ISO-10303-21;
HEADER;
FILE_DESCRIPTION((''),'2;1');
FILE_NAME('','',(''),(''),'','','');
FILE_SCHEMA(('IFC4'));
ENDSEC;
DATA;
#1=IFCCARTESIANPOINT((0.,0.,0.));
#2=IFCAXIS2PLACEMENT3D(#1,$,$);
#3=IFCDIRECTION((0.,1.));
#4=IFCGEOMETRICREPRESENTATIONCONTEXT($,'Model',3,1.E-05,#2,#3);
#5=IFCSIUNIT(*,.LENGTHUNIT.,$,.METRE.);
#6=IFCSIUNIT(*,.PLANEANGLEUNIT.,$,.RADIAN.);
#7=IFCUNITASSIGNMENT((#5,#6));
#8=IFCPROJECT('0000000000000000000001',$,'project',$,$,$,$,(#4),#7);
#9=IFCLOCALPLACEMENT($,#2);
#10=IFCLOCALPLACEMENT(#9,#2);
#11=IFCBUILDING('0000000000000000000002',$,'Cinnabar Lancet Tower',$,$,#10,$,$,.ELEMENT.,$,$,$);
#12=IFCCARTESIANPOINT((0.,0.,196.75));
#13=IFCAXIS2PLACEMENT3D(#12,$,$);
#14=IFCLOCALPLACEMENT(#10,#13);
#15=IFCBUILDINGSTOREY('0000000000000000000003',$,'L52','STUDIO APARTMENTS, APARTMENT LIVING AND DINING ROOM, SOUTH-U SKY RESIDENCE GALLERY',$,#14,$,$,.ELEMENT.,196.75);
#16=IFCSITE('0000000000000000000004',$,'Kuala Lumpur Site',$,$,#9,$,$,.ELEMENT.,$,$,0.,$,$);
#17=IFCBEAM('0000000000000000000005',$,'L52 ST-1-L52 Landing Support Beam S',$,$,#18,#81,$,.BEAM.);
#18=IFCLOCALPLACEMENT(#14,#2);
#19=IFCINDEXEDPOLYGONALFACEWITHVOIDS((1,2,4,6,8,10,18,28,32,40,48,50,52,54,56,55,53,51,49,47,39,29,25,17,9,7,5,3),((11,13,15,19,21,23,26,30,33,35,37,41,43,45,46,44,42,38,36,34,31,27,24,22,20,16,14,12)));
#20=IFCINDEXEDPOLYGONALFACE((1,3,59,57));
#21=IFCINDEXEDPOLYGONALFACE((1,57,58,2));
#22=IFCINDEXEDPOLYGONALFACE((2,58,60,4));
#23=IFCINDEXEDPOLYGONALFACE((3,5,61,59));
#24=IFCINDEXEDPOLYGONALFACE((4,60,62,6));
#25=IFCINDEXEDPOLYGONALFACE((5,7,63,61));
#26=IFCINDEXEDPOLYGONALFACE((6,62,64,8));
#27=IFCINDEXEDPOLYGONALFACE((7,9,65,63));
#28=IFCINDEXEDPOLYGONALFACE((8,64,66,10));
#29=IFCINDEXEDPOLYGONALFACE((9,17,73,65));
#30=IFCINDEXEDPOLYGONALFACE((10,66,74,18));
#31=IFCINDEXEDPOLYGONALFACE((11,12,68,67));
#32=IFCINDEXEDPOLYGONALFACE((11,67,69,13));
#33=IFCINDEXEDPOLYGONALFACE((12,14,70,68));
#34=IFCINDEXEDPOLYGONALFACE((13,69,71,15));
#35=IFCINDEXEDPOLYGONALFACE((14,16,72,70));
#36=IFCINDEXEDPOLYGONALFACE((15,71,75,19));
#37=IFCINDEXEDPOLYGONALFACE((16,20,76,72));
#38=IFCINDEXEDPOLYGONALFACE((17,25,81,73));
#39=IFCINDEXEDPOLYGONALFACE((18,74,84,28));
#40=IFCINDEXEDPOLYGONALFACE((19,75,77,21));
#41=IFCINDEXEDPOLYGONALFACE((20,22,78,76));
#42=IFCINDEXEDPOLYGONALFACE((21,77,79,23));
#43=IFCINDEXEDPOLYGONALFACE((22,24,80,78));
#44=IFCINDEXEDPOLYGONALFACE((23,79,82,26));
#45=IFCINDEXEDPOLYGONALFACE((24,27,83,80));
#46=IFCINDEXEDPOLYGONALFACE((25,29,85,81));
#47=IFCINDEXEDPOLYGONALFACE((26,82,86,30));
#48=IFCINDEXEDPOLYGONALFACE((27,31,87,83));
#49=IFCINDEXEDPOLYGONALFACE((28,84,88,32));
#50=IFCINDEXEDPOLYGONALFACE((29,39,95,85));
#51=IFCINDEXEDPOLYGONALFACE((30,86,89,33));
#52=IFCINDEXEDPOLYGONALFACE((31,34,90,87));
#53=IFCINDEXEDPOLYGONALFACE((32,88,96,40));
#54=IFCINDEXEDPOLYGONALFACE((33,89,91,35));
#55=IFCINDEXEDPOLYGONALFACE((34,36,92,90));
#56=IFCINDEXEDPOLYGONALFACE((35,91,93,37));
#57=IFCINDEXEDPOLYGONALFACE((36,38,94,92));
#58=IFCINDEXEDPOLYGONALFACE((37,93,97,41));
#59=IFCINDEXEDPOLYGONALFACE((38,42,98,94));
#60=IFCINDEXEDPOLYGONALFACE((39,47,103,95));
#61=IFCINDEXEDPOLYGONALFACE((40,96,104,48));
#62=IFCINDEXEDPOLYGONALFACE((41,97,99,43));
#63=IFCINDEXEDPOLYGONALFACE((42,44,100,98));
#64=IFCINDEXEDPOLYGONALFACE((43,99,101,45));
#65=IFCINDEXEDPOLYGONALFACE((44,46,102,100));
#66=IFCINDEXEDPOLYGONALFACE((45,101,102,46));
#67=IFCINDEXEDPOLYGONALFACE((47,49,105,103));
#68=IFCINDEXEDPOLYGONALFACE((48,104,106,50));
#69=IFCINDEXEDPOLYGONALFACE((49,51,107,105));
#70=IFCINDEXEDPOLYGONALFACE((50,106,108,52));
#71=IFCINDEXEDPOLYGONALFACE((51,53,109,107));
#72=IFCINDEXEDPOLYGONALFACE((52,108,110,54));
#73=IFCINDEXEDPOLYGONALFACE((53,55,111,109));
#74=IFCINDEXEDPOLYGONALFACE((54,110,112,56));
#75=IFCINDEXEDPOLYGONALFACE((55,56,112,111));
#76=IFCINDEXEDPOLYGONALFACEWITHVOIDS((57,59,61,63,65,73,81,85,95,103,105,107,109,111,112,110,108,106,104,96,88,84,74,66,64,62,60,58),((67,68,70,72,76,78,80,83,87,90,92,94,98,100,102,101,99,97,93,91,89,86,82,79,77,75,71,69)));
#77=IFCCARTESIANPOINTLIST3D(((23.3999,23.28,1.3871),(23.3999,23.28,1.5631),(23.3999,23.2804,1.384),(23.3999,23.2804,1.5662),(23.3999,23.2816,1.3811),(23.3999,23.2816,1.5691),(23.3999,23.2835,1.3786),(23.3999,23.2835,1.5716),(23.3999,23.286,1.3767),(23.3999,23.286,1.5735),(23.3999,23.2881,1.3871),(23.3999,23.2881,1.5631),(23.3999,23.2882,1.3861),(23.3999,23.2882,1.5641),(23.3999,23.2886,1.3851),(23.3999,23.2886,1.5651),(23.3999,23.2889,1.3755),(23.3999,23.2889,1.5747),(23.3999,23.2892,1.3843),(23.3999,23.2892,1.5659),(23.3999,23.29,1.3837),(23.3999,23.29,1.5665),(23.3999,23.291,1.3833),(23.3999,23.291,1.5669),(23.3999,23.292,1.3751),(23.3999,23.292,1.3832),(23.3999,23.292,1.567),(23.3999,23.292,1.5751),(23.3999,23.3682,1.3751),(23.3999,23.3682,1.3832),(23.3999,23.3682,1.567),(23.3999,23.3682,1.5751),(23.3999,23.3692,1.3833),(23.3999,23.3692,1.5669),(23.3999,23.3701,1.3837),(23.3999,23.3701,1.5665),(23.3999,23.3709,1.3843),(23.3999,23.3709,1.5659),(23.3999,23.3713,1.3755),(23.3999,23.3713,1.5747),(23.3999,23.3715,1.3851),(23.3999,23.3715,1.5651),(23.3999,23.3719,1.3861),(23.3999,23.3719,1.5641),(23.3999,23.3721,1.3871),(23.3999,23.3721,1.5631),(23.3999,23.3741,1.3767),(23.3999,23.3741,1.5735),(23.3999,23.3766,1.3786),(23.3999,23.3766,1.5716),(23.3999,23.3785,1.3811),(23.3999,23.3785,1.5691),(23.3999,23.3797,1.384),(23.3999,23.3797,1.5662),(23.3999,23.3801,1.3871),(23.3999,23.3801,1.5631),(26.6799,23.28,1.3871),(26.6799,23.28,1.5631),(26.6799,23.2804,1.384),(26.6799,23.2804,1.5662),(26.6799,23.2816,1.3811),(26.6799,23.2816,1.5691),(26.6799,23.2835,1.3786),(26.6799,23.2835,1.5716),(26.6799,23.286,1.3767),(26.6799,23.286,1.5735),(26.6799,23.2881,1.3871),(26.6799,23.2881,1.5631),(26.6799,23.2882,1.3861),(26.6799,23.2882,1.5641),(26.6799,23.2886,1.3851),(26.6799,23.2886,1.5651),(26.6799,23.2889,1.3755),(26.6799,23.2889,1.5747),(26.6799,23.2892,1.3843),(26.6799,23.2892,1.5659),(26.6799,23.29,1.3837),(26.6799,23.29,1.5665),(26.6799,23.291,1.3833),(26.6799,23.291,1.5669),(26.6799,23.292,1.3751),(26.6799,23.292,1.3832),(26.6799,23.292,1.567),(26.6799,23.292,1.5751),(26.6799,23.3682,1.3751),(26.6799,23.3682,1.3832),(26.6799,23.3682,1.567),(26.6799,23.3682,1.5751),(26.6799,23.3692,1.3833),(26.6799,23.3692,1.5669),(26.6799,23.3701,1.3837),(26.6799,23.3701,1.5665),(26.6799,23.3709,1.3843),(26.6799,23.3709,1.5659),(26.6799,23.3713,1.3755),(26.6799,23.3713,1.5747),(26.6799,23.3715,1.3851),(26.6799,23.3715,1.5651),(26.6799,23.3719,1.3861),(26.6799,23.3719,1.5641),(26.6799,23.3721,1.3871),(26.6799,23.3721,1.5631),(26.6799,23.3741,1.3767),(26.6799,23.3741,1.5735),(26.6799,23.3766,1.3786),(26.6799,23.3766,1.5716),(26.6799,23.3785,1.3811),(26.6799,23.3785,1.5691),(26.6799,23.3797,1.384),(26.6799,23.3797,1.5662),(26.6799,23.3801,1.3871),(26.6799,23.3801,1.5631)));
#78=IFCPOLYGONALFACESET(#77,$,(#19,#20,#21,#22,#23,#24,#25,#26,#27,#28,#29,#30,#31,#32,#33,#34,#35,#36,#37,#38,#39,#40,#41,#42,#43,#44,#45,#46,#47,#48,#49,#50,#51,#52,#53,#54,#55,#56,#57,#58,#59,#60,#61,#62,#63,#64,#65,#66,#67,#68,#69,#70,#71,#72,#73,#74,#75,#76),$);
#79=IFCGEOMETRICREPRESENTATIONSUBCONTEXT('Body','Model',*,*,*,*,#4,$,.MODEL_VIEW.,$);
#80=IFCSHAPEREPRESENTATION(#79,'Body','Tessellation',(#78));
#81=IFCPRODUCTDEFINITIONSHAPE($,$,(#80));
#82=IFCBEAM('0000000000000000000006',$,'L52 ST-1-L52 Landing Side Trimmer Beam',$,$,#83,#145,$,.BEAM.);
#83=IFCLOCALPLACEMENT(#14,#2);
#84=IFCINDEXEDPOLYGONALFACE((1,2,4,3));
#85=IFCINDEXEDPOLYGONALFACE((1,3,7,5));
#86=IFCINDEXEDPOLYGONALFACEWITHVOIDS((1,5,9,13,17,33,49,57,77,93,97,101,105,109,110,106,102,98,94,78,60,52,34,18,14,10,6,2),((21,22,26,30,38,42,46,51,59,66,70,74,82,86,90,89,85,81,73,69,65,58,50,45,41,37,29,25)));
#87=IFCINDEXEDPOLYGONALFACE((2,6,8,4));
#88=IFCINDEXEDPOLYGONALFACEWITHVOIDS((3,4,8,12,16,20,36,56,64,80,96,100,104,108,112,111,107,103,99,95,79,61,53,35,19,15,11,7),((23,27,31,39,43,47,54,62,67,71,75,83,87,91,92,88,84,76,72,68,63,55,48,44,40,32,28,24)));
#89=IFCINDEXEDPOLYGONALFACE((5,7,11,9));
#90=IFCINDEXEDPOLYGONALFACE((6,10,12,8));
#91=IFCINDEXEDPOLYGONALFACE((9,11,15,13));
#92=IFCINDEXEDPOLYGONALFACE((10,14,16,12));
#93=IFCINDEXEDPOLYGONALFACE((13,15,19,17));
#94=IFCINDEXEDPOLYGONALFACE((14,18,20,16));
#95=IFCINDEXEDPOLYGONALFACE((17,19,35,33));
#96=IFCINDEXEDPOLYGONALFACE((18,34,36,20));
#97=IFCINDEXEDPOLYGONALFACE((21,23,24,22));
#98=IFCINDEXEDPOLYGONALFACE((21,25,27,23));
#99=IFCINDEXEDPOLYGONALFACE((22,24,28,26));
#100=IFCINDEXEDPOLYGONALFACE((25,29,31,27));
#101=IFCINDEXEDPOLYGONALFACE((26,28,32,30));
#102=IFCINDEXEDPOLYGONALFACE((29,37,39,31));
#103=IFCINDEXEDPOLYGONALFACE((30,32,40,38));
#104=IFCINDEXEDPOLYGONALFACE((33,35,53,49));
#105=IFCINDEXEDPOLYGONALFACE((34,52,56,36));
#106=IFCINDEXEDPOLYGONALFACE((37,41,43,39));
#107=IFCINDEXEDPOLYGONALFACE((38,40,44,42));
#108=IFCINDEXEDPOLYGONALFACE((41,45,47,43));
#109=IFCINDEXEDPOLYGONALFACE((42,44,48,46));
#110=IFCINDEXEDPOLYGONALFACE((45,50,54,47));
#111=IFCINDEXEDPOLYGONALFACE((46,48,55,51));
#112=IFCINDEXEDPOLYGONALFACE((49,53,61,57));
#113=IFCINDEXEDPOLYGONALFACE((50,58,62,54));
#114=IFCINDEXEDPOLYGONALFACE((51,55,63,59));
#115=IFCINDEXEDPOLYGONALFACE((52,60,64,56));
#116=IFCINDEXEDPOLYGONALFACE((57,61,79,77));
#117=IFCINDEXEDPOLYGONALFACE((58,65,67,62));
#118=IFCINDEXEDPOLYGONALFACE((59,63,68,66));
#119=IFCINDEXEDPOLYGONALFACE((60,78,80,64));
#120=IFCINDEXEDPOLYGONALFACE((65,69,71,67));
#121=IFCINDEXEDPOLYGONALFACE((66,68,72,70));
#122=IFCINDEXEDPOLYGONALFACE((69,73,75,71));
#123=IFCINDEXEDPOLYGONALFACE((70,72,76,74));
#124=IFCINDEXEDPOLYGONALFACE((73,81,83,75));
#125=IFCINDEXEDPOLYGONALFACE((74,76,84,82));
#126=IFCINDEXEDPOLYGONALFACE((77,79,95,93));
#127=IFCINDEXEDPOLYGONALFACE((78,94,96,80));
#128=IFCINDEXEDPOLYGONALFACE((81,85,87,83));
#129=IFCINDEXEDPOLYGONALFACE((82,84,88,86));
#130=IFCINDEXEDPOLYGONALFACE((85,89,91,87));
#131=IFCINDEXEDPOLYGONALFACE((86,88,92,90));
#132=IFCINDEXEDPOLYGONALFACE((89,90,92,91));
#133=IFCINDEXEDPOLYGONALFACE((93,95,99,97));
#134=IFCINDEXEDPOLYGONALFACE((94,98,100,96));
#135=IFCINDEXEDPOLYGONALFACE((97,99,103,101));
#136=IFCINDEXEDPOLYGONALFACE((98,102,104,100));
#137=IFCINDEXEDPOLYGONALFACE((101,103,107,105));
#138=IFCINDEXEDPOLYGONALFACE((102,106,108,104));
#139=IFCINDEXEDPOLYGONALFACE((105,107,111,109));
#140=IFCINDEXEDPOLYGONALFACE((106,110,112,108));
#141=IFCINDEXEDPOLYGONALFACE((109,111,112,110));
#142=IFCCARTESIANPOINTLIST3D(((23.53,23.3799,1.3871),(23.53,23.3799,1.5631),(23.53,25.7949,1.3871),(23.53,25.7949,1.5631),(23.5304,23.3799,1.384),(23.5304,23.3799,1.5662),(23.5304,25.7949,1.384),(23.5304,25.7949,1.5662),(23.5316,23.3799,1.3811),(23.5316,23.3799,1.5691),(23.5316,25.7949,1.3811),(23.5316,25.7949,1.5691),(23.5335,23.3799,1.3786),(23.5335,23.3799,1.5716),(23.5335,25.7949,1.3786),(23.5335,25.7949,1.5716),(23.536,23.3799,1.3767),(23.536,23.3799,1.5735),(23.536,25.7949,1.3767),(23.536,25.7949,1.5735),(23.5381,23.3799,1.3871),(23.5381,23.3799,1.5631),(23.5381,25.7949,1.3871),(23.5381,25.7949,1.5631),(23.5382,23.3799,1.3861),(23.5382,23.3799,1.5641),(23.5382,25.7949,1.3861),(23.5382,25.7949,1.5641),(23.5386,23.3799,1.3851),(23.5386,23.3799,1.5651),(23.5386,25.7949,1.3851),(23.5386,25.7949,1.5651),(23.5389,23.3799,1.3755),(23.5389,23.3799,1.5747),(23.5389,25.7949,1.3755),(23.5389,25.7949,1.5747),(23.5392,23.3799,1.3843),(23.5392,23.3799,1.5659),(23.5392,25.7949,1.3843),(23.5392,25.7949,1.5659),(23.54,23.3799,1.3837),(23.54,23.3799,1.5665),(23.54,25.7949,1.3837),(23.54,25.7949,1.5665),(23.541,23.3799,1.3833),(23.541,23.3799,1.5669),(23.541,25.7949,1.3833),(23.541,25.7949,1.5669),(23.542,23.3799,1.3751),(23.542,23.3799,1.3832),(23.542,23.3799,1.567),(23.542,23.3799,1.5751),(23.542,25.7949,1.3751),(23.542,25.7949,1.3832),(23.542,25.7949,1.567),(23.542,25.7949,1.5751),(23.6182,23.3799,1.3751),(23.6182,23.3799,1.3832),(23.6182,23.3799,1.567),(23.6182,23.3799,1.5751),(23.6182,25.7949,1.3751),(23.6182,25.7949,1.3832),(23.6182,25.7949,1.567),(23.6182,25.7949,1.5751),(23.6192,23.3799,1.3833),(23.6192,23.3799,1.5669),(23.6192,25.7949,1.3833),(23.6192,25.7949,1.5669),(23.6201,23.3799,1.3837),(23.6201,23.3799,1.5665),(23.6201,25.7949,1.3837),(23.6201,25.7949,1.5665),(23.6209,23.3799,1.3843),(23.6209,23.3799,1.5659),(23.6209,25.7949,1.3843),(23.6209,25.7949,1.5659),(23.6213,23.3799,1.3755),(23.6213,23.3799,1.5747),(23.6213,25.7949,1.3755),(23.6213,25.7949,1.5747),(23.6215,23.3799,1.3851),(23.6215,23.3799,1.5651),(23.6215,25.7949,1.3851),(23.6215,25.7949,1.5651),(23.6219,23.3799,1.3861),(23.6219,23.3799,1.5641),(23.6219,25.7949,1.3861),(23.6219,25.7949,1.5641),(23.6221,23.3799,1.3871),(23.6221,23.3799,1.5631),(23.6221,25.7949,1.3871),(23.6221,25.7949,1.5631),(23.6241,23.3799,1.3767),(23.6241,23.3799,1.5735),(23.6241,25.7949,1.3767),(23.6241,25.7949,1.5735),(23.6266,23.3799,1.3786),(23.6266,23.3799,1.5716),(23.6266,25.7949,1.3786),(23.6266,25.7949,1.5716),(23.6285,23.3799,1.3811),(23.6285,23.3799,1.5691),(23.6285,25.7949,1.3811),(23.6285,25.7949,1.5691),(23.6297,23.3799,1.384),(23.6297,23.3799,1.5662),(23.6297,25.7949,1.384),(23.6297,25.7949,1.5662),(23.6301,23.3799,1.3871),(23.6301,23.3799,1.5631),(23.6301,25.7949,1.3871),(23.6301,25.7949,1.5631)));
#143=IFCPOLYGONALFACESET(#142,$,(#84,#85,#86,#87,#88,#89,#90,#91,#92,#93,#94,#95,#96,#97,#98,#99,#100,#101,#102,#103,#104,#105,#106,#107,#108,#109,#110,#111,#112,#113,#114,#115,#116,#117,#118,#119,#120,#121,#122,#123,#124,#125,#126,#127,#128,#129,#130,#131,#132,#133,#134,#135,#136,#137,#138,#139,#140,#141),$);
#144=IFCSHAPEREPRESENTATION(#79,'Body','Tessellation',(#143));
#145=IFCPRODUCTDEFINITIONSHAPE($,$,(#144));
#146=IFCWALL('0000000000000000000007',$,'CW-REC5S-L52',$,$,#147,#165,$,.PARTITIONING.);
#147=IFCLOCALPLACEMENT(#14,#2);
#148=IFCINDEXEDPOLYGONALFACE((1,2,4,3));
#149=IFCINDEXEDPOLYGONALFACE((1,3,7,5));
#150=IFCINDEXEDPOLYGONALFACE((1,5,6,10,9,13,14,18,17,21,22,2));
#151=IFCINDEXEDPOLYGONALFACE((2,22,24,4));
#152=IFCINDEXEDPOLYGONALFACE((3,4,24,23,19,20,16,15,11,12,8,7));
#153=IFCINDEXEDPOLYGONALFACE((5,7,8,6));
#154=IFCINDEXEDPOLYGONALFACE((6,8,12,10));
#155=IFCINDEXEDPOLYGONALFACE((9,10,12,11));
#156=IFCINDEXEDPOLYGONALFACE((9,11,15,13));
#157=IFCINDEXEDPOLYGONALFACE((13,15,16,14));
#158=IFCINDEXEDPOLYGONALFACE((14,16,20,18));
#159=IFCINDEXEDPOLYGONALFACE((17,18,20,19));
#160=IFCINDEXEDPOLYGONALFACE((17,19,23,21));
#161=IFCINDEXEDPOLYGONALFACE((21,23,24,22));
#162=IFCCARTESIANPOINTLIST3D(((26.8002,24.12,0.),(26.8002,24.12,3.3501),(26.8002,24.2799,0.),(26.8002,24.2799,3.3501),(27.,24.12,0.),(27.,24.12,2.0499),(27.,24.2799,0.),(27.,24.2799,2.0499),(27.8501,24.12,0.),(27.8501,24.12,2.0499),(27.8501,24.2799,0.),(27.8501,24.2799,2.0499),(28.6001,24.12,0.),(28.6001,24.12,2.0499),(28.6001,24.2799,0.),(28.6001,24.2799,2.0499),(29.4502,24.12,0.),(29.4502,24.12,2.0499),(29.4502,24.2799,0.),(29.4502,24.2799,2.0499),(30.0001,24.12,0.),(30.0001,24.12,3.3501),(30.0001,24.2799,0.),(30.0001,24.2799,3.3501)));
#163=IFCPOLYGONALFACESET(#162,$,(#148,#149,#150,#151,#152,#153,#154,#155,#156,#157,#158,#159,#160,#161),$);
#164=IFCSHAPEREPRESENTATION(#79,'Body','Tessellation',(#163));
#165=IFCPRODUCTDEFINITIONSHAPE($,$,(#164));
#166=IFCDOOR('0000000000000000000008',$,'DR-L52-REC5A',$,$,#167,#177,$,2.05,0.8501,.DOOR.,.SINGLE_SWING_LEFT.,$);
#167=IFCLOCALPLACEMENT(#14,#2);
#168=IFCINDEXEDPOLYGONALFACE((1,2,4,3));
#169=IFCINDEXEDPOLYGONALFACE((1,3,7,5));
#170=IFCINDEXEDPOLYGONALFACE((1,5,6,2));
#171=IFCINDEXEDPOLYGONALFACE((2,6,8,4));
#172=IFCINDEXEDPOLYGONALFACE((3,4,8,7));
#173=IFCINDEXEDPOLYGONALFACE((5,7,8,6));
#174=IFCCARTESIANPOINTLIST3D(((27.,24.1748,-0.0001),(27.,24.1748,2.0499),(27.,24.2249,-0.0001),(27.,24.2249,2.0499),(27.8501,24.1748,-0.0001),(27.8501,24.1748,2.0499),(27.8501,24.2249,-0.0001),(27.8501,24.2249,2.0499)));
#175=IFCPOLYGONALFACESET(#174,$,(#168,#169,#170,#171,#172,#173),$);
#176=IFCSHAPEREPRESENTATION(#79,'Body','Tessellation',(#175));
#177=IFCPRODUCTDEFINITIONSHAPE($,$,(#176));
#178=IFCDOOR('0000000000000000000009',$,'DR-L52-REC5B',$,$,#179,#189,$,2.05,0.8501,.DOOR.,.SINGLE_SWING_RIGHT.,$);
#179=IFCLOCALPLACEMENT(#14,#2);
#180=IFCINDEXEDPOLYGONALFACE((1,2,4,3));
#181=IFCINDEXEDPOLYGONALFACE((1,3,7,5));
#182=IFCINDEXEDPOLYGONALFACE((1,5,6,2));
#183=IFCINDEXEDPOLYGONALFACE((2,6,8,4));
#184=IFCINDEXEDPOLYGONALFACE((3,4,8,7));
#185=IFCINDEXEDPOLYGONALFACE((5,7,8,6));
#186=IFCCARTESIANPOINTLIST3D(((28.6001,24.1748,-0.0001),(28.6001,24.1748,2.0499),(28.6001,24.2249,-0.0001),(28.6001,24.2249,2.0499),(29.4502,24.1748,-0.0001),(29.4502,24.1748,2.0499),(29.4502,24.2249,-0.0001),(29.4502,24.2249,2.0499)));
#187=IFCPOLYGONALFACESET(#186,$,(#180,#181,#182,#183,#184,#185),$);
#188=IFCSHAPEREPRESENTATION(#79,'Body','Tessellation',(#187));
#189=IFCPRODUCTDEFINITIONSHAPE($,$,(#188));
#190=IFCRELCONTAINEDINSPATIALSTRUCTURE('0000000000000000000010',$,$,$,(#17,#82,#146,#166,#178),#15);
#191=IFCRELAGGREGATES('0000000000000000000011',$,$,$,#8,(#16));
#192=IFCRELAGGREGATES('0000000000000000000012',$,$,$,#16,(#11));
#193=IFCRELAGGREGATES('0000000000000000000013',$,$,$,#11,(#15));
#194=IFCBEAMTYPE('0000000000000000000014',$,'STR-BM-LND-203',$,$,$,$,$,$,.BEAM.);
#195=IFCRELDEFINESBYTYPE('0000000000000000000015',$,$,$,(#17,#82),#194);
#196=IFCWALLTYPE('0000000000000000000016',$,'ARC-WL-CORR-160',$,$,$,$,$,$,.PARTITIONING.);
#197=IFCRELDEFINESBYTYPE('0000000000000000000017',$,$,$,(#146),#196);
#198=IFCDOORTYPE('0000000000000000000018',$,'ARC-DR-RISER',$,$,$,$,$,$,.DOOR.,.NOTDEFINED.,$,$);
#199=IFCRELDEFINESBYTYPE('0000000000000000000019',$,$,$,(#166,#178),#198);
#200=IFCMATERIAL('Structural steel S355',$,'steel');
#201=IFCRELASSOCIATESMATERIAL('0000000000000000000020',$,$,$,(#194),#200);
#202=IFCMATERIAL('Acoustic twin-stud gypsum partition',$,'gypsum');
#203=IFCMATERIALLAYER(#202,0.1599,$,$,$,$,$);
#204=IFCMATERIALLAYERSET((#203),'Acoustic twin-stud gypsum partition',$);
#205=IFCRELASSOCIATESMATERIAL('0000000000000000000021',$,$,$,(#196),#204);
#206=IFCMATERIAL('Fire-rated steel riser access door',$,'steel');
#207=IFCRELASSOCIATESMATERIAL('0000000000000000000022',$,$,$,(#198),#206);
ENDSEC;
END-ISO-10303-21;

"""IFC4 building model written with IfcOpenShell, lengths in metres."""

from ifc_helpers import new_model, si_unit, direction, frame, frame_2d, origin, origin_2d, place, context, subcontext, project, spatial, rectangle, hollow_rectangle, extrude, material, layer, layer_set, material_profile, profile_set, type_object, element, fill, save


model = new_model("IFC4")

# Units and contexts
model_context = context("Model", 3, precision=1e-05, world=origin(), true_north=direction((0.0, 1.0)))
body_context = subcontext(model_context, "Body", "Model", "MODEL_VIEW")
ifc_project = project(units=[si_unit("LENGTHUNIT", "METRE"), si_unit("PLANEANGLEUNIT", "RADIAN")], contexts=[model_context])

# Site, building, storey
site_placement = place(None, origin())
site = spatial("IfcSite", under=ifc_project, at=site_placement, Name="Kuala Lumpur Site", CompositionType="ELEMENT", RefElevation=0.0)
building_placement = place(site_placement, origin())
building = spatial("IfcBuilding", under=site, at=building_placement, Name="Cinnabar Lancet Tower", CompositionType="ELEMENT")
storey_placement = place(building_placement, frame((0.0, 0.0, 196.75)))
storey = spatial("IfcBuildingStorey", under=building, at=storey_placement, Name="L52", Description="STUDIO APARTMENTS, APARTMENT LIVING AND DINING ROOM, SOUTH-U SKY RESIDENCE GALLERY", CompositionType="ELEMENT", Elevation=196.75)

# Beams
ifc_material_1 = material(Name="Structural steel S355", Category="steel")
ifc_material_profile_1 = material_profile(ifc_material_1, hollow_rectangle(XDim=0.1001, YDim=0.2, WallThickness=0.0081, InnerFilletRadius=0.0039, OuterFilletRadius=0.012, at=origin_2d()), Name="RHS 200x100x8")
ifc_profile_set_1 = profile_set([ifc_material_profile_1], Name="Structural steel S355")
beam_type_1 = type_object("IfcBeamType", Name="STR-BM-LND-203", PredefinedType="BEAM", material=ifc_profile_set_1)
beam_1_placement = place(storey_placement, frame((23.3999, 23.3301, 1.4751), z_axis=(1.0, 0.0, 0.0), x_axis=(0.0, 1.0, 0.0)))
element("IfcBeam", 1, at=beam_1_placement, inside=storey, type_object=beam_type_1, Name="L52 ST-1-L52 Landing Support Beam S", PredefinedType="BEAM", context=body_context, shape_type="SweptSolid", body=[
    extrude(hollow_rectangle(XDim=0.1001, YDim=0.2, WallThickness=0.0081, InnerFilletRadius=0.0039, OuterFilletRadius=0.012, at=origin_2d()), origin(), (0.0, 0.0, 1.0), 3.28),
])
beam_2_placement = place(storey_placement, frame((23.5801, 23.3799, 1.4751), z_axis=(0.0, 1.0, 0.0), x_axis=(-1.0, 0.0, 0.0)))
element("IfcBeam", 2, at=beam_2_placement, inside=storey, type_object=beam_type_1, Name="L52 ST-1-L52 Landing Side Trimmer Beam", PredefinedType="BEAM", context=body_context, shape_type="SweptSolid", body=[
    extrude(hollow_rectangle(XDim=0.1001, YDim=0.2, WallThickness=0.0081, InnerFilletRadius=0.0039, OuterFilletRadius=0.012, at=origin_2d()), origin(), (0.0, 0.0, 1.0), 2.415),
])

# Wall, openings, doors
ifc_material_2 = material(Name="Acoustic twin-stud gypsum partition", Category="gypsum")
ifc_layer_1 = layer(ifc_material_2, 0.1599)
ifc_layer_set_1 = layer_set([ifc_layer_1], Name="Acoustic twin-stud gypsum partition")
wall_type_1 = type_object("IfcWallType", Name="ARC-WL-CORR-160", PredefinedType="PARTITIONING", material=ifc_layer_set_1)
wall_1_placement = place(storey_placement, frame((26.8, 24.2, 0.0), z_axis=(0.0, 0.0, 1.0), x_axis=(1.0, 0.0, 0.0)))
wall_1 = element("IfcWall", 3, at=wall_1_placement, inside=storey, type_object=wall_type_1, Name="CW-REC5S-L52", PredefinedType="PARTITIONING", context=body_context, shape_type="SweptSolid", body=[
    extrude(rectangle(XDim=3.2, YDim=0.1599, at=frame_2d((1.6001, 0.0))), origin(), (0.0, 0.0, 1.0), 3.3501),
])
opening_1_placement = place(wall_1_placement, frame((0.2, 0.0, 0.0)))
opening_1 = element("IfcOpeningElement", 4, at=opening_1_placement, cuts=wall_1, PredefinedType="OPENING", context=body_context, shape_type="SweptSolid", body=[
    extrude(rectangle(XDim=0.8501, YDim=2.05, at=frame_2d((0.425, 1.0249))), frame((0.0, 0.0898, 0.0), z_axis=(0.0, -1.0, 0.0), x_axis=(1.0, 0.0, 0.0)), (0.0, 0.0, 1.0), 0.1799),
])
opening_2_placement = place(wall_1_placement, frame((1.8, 0.0, 0.0)))
opening_2 = element("IfcOpeningElement", 5, at=opening_2_placement, cuts=wall_1, PredefinedType="OPENING", context=body_context, shape_type="SweptSolid", body=[
    extrude(rectangle(XDim=0.8501, YDim=2.05, at=frame_2d((0.425, 1.0249))), frame((0.0, 0.0898, 0.0), z_axis=(0.0, -1.0, 0.0), x_axis=(1.0, 0.0, 0.0)), (0.0, 0.0, 1.0), 0.1799),
])
ifc_material_3 = material(Name="Fire-rated steel riser access door", Category="steel")
door_type_1 = type_object("IfcDoorType", Name="ARC-DR-RISER", OperationType="NOTDEFINED", PredefinedType="DOOR", material=ifc_material_3)
door_1_placement = place(opening_1_placement, origin())
door_1 = element("IfcDoor", 6, at=door_1_placement, inside=storey, type_object=door_type_1, Name="DR-L52-REC5A", OperationType="SINGLE_SWING_LEFT", OverallHeight=2.05, OverallWidth=0.8501, PredefinedType="DOOR", context=body_context, shape_type="SweptSolid", body=[
    extrude(rectangle(XDim=0.8501, YDim=2.05, at=frame_2d((0.425, 1.0249))), frame((0.0, 0.0249, 0.0), z_axis=(0.0, -1.0, 0.0), x_axis=(1.0, 0.0, 0.0)), (0.0, 0.0, 1.0), 0.05),
])
fill(opening_1, door_1)
door_2_placement = place(opening_2_placement, origin())
door_2 = element("IfcDoor", 7, at=door_2_placement, inside=storey, type_object=door_type_1, Name="DR-L52-REC5B", OperationType="SINGLE_SWING_RIGHT", OverallHeight=2.05, OverallWidth=0.8501, PredefinedType="DOOR", context=body_context, shape_type="SweptSolid", body=[
    extrude(rectangle(XDim=0.8501, YDim=2.05, at=frame_2d((0.425, 1.0249))), frame((0.0, 0.0249, 0.0), z_axis=(0.0, -1.0, 0.0), x_axis=(1.0, 0.0, 0.0)), (0.0, 0.0, 1.0), 0.05),
])
fill(opening_2, door_2)

save(model, "model.ifc")
